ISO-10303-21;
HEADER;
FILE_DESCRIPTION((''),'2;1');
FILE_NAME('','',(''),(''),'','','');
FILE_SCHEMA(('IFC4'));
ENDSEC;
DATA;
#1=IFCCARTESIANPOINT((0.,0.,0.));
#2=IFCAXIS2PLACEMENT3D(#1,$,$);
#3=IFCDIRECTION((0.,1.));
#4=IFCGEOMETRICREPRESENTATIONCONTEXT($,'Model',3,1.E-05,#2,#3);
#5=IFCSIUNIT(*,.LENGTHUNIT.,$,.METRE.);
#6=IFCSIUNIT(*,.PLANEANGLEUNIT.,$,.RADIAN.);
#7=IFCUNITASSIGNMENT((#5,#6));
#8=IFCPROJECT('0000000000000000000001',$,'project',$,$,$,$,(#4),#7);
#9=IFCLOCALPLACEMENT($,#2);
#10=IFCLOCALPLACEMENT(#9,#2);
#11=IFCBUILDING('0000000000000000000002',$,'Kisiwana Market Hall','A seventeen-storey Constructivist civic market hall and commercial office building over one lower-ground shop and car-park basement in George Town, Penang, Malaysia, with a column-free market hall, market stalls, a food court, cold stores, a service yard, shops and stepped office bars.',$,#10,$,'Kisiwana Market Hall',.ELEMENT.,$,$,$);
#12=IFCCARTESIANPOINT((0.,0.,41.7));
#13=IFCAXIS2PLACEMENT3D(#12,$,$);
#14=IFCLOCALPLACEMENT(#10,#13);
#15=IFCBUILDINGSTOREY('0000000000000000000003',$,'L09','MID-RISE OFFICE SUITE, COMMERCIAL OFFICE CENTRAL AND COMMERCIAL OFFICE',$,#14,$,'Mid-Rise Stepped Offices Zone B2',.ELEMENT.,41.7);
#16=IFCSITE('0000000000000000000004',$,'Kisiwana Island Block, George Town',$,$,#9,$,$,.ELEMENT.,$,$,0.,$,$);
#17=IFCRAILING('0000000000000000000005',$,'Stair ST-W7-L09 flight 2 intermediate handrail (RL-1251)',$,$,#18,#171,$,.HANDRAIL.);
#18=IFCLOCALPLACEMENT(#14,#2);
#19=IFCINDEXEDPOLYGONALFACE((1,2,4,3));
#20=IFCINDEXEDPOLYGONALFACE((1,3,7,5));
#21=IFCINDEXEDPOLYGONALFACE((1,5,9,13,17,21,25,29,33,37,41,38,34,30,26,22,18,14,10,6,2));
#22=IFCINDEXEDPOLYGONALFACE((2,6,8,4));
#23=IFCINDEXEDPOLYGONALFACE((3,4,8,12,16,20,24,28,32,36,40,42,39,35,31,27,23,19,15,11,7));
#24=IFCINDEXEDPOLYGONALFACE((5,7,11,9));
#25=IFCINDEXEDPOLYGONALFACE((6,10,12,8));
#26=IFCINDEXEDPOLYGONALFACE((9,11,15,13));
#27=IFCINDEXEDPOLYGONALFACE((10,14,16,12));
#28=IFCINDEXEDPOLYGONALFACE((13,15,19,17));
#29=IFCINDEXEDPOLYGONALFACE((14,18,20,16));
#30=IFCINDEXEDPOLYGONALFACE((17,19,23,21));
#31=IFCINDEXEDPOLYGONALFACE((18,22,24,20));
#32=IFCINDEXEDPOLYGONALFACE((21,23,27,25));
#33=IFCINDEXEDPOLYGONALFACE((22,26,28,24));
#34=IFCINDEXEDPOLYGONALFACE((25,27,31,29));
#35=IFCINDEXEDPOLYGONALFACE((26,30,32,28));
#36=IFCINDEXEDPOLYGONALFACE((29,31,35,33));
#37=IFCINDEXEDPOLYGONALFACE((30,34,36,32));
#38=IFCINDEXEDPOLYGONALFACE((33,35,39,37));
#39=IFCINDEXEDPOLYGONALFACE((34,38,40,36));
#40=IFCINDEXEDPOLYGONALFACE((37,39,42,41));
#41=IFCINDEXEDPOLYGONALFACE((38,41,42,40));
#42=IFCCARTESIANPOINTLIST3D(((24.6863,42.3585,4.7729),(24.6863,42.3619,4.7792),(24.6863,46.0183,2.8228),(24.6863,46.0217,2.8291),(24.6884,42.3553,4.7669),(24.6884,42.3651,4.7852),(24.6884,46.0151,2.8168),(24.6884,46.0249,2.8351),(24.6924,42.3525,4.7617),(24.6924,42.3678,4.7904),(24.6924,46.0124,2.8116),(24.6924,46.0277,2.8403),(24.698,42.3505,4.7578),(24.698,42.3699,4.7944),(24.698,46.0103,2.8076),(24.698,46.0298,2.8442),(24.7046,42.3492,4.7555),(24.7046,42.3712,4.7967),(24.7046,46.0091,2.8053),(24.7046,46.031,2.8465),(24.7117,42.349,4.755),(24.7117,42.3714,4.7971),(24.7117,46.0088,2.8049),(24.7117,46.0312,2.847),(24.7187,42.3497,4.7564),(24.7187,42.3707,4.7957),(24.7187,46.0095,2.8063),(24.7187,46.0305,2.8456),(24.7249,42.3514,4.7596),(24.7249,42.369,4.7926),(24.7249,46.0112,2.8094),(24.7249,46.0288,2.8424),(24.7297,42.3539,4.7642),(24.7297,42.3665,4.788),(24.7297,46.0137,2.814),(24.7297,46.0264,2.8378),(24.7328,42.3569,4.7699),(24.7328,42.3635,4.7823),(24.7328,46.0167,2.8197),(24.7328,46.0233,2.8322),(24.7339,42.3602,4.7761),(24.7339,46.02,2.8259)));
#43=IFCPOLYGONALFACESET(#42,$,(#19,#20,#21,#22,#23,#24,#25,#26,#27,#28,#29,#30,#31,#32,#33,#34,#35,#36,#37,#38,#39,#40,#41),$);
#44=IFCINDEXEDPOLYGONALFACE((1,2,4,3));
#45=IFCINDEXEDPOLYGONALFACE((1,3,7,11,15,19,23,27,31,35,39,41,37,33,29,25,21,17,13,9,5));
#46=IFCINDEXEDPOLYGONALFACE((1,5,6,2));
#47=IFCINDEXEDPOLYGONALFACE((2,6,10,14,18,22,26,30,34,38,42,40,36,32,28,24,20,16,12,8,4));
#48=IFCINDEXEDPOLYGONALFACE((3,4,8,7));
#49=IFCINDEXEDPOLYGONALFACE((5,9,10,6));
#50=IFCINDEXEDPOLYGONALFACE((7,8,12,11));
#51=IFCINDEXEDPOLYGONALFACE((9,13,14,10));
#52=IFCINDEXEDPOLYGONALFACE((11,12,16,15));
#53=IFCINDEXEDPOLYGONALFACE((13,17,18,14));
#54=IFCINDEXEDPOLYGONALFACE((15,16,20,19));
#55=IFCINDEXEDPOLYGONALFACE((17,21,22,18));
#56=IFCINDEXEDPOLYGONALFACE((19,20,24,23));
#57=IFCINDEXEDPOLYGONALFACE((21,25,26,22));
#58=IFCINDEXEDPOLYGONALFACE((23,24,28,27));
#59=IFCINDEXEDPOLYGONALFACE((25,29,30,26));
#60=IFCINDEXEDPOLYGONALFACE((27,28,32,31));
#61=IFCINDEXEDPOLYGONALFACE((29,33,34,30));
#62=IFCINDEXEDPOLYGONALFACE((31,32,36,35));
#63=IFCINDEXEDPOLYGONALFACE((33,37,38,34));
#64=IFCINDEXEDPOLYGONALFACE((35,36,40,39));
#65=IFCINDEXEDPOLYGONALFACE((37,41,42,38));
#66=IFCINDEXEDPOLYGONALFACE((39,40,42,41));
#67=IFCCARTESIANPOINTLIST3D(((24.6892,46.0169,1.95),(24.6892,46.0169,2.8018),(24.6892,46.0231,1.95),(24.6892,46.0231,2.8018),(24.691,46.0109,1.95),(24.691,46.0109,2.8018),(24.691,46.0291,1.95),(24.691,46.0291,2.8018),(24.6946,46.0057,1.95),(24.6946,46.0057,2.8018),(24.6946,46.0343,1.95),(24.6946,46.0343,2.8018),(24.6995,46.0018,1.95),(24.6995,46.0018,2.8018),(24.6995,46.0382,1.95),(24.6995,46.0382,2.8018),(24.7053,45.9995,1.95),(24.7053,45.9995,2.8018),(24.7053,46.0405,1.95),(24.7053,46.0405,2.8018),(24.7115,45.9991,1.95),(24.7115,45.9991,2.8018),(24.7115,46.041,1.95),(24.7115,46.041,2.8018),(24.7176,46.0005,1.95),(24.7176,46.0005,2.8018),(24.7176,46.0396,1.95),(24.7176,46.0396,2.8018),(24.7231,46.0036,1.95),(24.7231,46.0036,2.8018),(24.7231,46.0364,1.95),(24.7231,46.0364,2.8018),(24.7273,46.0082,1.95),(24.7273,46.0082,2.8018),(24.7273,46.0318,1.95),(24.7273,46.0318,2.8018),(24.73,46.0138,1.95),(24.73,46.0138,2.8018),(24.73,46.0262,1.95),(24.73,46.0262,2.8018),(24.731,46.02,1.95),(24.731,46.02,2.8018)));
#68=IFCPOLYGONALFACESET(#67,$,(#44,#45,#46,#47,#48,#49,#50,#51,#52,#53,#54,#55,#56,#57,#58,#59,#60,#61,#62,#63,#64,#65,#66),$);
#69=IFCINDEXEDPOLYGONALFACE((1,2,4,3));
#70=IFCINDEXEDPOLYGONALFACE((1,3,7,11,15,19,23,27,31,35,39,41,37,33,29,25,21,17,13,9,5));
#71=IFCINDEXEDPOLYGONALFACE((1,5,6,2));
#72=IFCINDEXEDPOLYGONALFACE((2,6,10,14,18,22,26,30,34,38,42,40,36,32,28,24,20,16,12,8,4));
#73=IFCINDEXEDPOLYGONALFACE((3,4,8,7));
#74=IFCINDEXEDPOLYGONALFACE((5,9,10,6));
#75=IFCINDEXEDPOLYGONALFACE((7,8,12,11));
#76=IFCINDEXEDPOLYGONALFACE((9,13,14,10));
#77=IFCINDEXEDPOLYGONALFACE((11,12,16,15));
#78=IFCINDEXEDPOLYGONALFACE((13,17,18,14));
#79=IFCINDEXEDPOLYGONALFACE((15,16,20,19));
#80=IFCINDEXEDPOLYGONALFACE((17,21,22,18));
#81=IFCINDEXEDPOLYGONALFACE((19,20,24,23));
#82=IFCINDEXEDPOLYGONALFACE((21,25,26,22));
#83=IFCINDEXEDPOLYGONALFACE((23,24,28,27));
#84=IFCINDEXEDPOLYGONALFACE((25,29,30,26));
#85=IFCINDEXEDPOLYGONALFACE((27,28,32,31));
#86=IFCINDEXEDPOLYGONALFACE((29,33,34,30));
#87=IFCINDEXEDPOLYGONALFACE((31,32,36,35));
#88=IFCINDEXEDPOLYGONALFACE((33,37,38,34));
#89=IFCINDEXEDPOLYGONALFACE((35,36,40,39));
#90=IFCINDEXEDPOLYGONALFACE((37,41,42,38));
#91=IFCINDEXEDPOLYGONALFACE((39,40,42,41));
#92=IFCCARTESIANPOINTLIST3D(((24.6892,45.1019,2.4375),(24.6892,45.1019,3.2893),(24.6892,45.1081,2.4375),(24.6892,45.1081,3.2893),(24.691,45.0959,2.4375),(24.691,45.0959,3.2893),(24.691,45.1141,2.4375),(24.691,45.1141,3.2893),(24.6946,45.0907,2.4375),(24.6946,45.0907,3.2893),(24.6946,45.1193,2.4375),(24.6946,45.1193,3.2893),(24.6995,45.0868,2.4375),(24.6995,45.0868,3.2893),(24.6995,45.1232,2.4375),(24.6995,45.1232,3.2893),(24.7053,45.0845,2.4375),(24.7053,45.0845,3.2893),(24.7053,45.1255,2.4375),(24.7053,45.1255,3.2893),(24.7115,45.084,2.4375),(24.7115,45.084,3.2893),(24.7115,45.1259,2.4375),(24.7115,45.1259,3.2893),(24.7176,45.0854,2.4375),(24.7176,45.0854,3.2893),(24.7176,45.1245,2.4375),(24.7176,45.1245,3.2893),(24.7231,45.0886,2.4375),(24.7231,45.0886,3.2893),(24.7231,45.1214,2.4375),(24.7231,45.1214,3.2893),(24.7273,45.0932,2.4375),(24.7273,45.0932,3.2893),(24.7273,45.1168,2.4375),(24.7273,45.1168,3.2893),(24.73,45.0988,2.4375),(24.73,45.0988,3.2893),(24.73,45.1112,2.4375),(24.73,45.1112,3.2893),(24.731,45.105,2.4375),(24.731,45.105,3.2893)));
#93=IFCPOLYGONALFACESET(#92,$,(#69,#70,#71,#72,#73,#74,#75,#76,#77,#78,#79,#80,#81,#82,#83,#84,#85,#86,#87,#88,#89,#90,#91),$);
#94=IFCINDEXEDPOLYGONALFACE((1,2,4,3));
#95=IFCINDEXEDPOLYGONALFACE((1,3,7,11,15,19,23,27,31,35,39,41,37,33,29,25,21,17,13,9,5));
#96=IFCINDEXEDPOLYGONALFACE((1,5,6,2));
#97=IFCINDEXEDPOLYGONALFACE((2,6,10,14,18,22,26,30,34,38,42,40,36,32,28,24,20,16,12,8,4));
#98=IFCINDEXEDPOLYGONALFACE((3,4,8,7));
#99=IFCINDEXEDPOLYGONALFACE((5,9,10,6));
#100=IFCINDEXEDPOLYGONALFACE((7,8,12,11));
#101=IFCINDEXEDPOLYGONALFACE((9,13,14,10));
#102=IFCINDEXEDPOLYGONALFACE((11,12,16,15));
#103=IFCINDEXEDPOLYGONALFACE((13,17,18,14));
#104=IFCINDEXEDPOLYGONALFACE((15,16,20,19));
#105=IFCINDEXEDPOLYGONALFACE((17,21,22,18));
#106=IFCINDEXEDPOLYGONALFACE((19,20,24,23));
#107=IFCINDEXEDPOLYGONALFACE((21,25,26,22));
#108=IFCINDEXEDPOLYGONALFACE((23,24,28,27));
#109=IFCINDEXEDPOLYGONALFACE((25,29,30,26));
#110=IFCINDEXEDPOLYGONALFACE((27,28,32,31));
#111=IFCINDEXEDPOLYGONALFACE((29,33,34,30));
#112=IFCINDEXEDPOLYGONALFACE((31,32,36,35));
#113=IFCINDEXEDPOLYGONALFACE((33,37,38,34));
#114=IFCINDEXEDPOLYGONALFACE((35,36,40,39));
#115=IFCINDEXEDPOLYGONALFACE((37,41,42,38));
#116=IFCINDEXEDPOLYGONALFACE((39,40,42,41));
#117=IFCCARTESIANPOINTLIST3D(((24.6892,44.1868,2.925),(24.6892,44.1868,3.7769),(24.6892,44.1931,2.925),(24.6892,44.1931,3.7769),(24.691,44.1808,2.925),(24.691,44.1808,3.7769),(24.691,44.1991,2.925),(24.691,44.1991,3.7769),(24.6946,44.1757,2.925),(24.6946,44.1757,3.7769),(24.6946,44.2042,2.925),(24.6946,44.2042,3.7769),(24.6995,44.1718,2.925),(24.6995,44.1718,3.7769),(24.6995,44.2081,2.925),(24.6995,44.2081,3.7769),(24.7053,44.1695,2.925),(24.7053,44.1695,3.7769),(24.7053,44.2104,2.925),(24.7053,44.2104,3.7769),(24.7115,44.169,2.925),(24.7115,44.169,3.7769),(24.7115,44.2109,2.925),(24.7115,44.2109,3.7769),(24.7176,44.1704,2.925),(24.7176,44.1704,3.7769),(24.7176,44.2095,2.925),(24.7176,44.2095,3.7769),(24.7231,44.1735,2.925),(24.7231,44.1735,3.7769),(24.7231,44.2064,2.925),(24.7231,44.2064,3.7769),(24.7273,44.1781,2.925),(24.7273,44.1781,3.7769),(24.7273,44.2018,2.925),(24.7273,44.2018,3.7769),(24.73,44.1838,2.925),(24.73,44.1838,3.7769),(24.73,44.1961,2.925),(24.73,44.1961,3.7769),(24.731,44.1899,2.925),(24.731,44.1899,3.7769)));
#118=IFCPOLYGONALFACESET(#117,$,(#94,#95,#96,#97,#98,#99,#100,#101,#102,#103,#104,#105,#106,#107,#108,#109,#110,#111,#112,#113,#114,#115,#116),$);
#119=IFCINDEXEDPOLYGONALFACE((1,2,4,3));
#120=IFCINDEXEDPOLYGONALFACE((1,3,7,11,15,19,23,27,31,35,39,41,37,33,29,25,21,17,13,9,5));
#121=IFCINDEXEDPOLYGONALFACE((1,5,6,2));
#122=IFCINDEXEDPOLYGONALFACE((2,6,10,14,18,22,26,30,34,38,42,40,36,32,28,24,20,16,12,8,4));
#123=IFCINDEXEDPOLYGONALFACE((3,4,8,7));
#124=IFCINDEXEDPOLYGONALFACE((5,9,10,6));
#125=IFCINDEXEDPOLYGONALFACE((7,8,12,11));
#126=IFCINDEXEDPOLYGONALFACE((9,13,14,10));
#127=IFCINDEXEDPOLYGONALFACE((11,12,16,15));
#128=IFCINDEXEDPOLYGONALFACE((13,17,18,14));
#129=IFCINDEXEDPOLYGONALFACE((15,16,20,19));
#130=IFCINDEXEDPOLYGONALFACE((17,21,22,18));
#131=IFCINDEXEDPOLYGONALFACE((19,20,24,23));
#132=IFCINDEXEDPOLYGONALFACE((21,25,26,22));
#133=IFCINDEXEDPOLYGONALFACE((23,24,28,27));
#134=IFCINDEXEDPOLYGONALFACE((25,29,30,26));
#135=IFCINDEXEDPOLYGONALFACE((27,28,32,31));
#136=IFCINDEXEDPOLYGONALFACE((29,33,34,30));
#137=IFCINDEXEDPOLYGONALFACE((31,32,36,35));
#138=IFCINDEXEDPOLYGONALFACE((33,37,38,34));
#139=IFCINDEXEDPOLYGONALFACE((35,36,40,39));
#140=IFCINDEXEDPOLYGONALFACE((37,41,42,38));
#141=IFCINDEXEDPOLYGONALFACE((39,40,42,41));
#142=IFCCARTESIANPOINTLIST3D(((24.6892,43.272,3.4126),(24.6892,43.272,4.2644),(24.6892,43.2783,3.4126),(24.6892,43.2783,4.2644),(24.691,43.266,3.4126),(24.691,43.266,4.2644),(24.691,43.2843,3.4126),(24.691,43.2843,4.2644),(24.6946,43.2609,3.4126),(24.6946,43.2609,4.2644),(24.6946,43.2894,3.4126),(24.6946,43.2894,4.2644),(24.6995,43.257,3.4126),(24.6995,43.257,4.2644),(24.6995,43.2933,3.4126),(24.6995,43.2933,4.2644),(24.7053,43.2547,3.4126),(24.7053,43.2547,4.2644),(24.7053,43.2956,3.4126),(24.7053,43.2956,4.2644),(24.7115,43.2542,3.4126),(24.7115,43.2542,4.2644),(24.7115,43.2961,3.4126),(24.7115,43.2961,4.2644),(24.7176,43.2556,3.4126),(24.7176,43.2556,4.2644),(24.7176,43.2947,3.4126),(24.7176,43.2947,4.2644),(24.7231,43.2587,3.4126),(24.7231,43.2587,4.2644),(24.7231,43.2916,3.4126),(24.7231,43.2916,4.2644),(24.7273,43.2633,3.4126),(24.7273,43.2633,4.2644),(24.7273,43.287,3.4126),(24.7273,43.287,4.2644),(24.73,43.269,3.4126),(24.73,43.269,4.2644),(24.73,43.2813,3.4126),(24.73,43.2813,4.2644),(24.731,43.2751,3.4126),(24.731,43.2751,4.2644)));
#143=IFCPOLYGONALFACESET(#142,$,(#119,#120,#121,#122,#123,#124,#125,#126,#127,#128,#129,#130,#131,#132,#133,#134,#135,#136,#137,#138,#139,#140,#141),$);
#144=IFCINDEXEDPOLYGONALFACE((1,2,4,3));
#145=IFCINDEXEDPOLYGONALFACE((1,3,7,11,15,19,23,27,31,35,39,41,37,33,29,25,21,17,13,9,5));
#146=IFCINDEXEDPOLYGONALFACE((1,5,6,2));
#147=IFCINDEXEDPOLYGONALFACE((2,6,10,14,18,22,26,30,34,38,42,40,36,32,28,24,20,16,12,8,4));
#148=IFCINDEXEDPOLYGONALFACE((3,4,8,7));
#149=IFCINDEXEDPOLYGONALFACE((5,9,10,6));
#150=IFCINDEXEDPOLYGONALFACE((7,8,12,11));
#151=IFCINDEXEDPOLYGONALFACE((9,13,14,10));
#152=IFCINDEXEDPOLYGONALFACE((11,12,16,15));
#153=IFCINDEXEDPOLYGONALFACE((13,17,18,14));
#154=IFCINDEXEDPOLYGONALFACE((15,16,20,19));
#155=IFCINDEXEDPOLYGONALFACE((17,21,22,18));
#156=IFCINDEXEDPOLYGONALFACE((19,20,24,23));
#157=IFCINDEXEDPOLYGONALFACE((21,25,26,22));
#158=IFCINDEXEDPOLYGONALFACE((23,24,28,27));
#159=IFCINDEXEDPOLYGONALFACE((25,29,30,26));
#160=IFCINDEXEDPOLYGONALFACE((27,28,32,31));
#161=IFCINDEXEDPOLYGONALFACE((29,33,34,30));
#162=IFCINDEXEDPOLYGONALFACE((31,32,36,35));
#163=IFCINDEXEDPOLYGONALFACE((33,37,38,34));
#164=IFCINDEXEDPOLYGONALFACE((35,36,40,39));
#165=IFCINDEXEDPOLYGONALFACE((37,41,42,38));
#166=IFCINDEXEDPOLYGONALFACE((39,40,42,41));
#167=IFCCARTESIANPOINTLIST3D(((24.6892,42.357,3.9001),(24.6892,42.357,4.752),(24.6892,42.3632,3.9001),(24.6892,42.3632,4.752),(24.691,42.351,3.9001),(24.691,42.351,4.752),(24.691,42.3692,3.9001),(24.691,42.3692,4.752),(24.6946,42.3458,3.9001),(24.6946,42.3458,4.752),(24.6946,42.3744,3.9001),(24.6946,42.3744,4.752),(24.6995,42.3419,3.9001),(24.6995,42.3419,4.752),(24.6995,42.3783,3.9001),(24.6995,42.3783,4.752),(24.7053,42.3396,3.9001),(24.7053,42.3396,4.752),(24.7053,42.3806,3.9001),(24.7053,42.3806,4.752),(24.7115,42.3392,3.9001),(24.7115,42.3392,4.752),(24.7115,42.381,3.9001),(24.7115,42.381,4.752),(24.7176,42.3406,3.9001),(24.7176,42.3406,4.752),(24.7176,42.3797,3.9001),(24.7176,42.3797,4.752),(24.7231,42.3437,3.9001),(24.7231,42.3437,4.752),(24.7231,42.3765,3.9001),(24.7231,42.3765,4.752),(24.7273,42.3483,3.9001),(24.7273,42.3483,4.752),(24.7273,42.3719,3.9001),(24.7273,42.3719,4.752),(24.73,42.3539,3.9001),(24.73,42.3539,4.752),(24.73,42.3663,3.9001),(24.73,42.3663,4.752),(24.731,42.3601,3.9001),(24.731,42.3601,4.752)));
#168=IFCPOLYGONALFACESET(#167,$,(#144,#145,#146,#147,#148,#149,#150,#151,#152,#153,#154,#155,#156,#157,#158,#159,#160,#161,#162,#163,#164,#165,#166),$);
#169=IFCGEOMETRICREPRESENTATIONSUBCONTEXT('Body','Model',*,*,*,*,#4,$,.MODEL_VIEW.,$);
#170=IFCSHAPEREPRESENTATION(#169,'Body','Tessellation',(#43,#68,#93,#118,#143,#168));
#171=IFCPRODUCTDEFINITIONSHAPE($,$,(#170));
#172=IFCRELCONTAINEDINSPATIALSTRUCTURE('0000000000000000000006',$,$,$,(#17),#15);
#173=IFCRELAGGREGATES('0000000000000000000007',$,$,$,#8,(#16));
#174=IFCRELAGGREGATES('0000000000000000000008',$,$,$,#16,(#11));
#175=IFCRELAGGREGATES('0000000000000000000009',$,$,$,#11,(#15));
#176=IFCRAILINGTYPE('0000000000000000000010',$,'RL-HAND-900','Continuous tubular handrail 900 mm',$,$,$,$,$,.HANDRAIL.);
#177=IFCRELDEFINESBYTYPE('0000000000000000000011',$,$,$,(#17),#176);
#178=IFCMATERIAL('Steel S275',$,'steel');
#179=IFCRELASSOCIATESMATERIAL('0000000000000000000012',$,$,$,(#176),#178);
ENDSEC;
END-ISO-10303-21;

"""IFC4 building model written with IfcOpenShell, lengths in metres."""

from ifc_helpers import new_model, si_unit, direction, frame, origin, origin_2d, place, context, subcontext, project, spatial, circle, extrude, material, type_object, element, save


model = new_model("IFC4")

# Units and contexts
model_context = context("Model", 3, precision=1e-05, world=origin(), true_north=direction((0.0, 1.0)))
body_context = subcontext(model_context, "Body", "Model", "MODEL_VIEW")
ifc_project = project(units=[si_unit("LENGTHUNIT", "METRE"), si_unit("PLANEANGLEUNIT", "RADIAN")], contexts=[model_context])

# Site, building, storey
site_placement = place(None, origin())
site = spatial("IfcSite", under=ifc_project, at=site_placement, Name="Kisiwana Island Block, George Town", CompositionType="ELEMENT", RefElevation=0.0)
building_placement = place(site_placement, origin())
building = spatial("IfcBuilding", under=site, at=building_placement, Name="Kisiwana Market Hall", Description="A seventeen-storey Constructivist civic market hall and commercial office building over one lower-ground shop and car-park basement in George Town, Penang, Malaysia, with a column-free market hall, market stalls, a food court, cold stores, a service yard, shops and stepped office bars.", LongName="Kisiwana Market Hall", CompositionType="ELEMENT")
storey_placement = place(building_placement, frame((0.0, 0.0, 41.7)))
storey = spatial("IfcBuildingStorey", under=building, at=storey_placement, Name="L09", Description="MID-RISE OFFICE SUITE, COMMERCIAL OFFICE CENTRAL AND COMMERCIAL OFFICE", LongName="Mid-Rise Stepped Offices Zone B2", CompositionType="ELEMENT", Elevation=41.7)

# Railing
ifc_material_1 = material(Name="Steel S275", Category="steel")
railing_type_1 = type_object("IfcRailingType", Name="RL-HAND-900", Description="Continuous tubular handrail 900 mm", PredefinedType="HANDRAIL", material=ifc_material_1)
railing_1_placement = place(storey_placement, frame((24.71, 46.02, 1.95)))
element("IfcRailing", 1, at=railing_1_placement, inside=storey, type_object=railing_type_1, Name="Stair ST-W7-L09 flight 2 intermediate handrail (RL-1251)", PredefinedType="HANDRAIL", context=body_context, shape_type="SweptSolid", body=[
    extrude(circle(Radius=0.0239, at=origin_2d()), frame((0.0, 0.0, 0.876), z_axis=(0.0, -0.882529, 0.470258), x_axis=(1.0, 0.0, 0.0)), (0.0, 0.0, 1.0), 4.147),
    extrude(circle(Radius=0.021, at=origin_2d()), origin(), (0.0, 0.0, 1.0), 0.8518),
    extrude(circle(Radius=0.021, at=origin_2d()), frame((0.0, -0.915, 0.4875)), (0.0, 0.0, 1.0), 0.8518),
    extrude(circle(Radius=0.021, at=origin_2d()), frame((0.0, -1.8301, 0.9751)), (0.0, 0.0, 1.0), 0.8518),
    extrude(circle(Radius=0.021, at=origin_2d()), frame((0.0, -2.7449, 1.4626)), (0.0, 0.0, 1.0), 0.8518),
    extrude(circle(Radius=0.021, at=origin_2d()), frame((0.0, -3.6599, 1.9502)), (0.0, 0.0, 1.0), 0.8518),
])

save(model, "model.ifc")
